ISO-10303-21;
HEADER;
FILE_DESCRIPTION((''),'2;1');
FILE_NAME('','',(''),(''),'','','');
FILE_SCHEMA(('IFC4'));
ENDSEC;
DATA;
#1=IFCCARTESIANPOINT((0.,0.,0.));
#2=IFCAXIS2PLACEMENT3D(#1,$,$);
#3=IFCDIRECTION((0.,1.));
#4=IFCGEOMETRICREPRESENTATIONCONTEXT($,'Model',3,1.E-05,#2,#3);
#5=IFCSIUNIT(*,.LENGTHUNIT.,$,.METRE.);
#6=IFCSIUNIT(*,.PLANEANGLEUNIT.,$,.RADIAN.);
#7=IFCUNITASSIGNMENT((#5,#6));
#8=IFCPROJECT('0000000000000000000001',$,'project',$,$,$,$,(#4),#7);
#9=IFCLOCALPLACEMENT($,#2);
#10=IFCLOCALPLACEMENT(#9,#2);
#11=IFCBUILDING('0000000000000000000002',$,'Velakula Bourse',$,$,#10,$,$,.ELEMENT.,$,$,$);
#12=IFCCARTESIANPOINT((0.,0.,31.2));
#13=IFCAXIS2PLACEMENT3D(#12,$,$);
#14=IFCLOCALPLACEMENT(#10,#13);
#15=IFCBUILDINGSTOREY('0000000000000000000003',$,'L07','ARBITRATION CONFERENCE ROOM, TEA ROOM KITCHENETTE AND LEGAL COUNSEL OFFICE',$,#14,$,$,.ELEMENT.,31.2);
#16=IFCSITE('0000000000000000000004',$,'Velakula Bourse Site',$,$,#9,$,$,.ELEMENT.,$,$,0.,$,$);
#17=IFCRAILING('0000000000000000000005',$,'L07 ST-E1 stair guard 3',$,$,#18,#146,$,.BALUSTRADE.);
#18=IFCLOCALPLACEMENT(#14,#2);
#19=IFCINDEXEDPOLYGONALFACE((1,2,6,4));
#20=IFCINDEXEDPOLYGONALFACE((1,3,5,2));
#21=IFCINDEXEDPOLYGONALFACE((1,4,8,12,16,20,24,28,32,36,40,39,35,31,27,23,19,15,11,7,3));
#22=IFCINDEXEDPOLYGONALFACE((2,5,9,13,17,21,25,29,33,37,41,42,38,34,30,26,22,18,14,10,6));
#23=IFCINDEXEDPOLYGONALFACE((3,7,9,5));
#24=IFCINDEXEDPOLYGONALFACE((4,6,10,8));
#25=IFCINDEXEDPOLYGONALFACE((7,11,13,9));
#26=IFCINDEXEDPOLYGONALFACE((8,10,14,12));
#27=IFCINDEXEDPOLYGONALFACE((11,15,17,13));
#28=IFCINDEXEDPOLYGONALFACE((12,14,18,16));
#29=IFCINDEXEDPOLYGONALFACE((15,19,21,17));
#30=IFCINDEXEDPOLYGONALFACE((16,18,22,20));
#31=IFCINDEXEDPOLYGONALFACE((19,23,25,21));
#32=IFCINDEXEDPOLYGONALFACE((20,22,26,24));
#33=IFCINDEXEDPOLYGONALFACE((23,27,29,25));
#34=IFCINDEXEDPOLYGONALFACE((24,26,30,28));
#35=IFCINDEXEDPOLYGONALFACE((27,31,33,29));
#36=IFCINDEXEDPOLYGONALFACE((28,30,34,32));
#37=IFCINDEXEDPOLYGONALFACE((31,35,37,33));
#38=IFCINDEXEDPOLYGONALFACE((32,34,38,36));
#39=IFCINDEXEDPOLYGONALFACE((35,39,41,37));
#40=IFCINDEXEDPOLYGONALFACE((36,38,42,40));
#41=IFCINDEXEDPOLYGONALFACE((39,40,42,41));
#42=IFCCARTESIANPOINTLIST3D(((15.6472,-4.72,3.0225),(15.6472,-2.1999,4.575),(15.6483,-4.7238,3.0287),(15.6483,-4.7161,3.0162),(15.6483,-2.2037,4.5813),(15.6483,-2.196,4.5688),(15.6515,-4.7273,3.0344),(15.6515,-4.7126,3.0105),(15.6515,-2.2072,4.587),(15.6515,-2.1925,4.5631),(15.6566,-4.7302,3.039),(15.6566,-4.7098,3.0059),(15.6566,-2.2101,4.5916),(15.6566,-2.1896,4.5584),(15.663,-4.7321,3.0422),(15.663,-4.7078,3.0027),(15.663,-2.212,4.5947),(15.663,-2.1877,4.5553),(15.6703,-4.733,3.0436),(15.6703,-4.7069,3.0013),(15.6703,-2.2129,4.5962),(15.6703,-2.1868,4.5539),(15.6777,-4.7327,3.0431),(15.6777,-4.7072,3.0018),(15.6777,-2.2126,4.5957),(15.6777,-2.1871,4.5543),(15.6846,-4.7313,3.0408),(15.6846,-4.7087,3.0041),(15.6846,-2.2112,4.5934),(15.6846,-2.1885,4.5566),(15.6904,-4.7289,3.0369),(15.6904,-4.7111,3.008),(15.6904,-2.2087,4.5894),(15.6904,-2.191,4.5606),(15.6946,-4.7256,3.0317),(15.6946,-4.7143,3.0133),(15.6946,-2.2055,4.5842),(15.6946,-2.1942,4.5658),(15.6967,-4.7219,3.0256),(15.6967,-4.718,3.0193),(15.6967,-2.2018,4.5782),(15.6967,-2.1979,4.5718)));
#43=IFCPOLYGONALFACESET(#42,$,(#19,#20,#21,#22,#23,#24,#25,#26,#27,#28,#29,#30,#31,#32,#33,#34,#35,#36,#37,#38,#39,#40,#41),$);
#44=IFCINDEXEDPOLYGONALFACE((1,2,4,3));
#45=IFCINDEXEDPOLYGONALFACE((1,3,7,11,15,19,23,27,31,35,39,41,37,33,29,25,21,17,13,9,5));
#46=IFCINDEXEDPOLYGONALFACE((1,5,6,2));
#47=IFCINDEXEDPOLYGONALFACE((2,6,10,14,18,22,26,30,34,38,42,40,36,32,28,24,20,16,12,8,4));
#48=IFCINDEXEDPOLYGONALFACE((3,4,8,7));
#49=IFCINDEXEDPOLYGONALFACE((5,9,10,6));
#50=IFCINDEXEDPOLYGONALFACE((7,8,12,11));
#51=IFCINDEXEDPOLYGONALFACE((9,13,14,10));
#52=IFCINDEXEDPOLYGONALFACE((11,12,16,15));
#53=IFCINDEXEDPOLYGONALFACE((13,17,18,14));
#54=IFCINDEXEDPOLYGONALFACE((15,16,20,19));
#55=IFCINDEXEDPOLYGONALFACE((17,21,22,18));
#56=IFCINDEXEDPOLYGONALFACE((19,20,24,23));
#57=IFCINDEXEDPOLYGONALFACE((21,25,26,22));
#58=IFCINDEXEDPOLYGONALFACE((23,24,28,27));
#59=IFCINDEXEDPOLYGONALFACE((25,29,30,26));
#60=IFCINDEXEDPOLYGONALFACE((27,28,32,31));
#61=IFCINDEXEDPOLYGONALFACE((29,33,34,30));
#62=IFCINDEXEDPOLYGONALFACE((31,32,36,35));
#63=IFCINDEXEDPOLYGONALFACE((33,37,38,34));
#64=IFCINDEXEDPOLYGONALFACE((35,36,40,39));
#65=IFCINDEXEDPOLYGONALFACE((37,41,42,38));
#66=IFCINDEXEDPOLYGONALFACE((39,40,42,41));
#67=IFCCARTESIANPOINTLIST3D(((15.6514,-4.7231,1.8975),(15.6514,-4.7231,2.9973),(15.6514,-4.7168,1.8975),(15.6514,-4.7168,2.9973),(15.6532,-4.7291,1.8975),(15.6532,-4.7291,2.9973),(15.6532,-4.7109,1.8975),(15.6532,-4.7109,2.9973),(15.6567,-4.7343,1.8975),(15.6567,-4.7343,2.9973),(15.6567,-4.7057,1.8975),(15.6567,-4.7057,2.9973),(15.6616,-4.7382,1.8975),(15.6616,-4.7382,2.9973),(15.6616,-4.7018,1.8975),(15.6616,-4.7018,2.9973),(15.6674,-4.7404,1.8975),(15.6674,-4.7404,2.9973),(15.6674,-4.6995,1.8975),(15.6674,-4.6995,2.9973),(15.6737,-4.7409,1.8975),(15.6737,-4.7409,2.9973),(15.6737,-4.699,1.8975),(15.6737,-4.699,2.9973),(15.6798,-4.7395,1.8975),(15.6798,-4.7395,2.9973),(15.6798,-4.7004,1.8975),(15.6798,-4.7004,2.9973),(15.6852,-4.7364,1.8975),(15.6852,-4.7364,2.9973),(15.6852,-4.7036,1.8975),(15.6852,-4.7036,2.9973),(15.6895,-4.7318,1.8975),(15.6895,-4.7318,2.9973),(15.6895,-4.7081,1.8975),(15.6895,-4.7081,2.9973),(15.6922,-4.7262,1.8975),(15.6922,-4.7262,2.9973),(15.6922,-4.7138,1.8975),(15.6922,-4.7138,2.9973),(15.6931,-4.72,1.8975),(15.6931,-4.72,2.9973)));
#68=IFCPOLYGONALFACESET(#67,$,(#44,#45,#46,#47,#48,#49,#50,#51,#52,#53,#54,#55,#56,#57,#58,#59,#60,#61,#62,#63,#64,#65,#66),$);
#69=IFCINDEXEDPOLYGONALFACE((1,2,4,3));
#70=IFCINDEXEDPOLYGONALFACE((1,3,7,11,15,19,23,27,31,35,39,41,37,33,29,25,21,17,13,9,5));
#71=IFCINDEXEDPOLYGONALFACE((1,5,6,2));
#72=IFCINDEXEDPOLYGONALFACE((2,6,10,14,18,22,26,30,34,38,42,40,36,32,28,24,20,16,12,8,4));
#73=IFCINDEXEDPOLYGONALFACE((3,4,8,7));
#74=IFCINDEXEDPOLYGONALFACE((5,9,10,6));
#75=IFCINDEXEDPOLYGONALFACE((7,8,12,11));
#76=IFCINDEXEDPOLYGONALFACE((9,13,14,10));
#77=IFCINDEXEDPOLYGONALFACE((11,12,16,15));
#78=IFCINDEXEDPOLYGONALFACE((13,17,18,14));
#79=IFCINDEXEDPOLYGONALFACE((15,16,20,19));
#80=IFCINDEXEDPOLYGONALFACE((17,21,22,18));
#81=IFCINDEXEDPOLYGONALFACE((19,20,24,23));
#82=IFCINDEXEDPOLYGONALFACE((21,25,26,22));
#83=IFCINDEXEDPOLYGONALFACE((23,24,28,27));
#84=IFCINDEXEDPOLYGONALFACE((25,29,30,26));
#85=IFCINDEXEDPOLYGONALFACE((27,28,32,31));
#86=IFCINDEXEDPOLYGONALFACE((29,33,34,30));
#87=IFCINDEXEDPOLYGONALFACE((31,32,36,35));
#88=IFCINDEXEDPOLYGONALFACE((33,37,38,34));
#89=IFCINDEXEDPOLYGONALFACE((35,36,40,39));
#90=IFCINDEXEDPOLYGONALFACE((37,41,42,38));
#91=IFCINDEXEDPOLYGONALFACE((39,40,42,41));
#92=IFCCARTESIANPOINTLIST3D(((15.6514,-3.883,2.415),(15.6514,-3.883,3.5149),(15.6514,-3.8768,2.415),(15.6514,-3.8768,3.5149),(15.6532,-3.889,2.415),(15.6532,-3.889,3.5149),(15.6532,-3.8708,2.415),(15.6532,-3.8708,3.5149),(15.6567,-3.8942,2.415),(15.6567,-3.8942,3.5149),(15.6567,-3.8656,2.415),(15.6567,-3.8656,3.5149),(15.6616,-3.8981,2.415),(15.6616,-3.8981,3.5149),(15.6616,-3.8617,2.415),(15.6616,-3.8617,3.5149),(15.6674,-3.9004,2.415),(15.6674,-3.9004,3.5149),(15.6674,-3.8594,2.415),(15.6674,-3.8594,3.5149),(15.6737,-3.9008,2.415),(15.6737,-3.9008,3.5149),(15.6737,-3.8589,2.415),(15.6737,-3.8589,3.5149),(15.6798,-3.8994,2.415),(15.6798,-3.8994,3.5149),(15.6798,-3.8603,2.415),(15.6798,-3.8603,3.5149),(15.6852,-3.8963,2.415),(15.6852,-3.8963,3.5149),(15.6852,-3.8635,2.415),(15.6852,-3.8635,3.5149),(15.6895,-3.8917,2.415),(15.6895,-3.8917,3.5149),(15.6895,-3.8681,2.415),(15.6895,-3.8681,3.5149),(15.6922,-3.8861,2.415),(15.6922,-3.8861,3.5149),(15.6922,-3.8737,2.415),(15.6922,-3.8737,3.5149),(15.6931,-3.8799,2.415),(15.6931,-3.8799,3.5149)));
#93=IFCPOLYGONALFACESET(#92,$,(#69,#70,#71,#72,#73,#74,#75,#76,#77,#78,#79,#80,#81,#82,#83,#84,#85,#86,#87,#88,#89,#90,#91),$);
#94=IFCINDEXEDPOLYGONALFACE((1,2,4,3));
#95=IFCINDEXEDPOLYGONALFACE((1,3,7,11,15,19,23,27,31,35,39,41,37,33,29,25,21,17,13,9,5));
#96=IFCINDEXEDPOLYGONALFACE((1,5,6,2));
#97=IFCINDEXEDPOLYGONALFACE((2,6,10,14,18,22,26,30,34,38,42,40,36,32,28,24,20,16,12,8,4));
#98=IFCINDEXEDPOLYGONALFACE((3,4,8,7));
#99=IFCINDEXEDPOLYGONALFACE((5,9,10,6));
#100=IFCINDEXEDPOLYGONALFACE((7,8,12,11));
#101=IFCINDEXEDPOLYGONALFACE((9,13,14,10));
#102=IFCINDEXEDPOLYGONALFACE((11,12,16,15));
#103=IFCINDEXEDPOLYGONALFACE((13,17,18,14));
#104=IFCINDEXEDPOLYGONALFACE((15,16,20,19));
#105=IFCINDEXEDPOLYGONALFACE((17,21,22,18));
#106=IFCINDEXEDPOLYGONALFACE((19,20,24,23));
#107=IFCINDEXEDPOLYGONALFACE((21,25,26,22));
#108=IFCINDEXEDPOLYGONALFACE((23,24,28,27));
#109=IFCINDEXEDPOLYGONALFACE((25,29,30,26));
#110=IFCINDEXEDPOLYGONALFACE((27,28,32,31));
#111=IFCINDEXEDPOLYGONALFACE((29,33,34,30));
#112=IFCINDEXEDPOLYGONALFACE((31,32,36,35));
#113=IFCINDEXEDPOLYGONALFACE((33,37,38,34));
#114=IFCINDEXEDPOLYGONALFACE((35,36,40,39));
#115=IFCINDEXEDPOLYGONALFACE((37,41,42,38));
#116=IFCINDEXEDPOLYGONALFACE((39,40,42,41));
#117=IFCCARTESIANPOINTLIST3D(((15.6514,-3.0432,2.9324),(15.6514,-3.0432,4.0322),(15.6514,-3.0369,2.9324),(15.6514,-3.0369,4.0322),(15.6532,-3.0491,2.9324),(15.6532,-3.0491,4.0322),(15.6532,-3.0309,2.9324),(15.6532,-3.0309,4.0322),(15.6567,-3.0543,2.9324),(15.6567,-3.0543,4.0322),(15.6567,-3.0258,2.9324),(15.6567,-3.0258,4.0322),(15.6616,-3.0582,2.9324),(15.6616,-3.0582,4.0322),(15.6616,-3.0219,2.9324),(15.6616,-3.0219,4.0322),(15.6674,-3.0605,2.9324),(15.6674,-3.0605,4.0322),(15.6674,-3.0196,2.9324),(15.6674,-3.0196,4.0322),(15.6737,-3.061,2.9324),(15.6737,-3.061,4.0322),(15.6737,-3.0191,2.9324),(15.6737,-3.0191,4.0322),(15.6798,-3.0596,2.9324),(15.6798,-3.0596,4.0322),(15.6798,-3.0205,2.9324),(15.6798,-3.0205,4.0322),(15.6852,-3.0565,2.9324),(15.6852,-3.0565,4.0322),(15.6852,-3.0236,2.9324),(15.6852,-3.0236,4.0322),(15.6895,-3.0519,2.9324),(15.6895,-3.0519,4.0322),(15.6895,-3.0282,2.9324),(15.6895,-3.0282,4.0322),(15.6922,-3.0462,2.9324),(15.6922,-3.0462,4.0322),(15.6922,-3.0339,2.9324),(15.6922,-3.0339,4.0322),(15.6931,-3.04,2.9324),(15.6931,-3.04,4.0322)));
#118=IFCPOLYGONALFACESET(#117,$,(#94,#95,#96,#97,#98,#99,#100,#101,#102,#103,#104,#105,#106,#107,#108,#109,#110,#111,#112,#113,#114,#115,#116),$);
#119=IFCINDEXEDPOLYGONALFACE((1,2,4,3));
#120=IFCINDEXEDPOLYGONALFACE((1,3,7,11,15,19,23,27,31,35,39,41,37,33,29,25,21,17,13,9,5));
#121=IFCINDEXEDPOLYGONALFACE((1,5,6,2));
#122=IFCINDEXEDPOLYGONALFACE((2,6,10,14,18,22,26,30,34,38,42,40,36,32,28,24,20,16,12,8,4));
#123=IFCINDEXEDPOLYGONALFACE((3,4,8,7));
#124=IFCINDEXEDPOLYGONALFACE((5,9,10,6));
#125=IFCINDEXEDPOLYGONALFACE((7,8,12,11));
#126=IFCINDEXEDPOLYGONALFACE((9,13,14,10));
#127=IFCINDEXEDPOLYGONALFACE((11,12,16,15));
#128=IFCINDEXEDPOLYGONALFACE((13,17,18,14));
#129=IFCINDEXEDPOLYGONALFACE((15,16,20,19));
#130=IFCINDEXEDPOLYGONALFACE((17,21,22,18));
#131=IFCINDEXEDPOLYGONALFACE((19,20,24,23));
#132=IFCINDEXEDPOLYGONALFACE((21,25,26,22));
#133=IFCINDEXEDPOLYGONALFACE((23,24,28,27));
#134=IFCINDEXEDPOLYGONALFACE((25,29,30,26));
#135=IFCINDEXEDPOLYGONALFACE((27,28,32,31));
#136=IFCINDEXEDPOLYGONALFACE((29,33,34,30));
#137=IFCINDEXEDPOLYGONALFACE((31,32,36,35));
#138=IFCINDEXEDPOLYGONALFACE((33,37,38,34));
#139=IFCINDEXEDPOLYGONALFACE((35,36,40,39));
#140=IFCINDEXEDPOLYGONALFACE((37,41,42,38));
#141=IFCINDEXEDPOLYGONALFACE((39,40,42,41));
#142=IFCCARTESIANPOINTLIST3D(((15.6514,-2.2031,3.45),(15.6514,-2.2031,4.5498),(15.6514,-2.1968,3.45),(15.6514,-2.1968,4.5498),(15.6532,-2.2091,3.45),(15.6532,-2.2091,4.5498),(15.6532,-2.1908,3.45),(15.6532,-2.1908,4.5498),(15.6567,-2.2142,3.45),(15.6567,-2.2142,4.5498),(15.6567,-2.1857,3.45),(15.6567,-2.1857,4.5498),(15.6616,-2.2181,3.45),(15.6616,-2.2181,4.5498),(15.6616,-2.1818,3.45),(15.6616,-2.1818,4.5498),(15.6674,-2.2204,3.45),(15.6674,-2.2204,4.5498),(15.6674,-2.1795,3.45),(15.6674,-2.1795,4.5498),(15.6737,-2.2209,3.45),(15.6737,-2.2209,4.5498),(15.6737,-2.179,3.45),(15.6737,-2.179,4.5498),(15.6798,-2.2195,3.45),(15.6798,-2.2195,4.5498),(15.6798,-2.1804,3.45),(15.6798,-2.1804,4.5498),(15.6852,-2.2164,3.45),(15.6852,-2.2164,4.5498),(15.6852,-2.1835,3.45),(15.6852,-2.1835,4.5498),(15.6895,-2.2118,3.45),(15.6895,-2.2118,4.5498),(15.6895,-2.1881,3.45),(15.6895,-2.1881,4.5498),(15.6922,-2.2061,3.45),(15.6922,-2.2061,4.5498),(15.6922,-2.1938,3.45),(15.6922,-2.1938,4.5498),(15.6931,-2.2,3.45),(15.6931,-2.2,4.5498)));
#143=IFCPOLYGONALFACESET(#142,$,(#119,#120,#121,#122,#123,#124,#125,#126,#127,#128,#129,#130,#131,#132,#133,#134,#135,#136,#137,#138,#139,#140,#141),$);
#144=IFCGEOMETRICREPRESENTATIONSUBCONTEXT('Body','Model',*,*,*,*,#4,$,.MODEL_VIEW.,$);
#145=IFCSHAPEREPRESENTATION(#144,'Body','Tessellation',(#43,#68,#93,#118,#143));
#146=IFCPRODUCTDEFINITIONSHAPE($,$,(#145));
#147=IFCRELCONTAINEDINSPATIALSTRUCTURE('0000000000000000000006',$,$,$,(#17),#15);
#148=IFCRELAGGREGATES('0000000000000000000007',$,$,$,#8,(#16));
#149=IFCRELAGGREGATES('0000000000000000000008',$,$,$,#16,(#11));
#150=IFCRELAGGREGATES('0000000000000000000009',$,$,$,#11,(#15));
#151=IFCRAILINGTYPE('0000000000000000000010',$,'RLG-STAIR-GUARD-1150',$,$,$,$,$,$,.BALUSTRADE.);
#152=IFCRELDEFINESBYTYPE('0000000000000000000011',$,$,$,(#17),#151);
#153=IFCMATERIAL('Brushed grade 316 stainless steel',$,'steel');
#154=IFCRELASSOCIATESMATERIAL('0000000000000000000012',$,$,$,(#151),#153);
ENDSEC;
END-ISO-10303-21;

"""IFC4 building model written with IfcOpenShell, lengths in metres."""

from ifc_helpers import new_model, si_unit, direction, frame, origin, origin_2d, place, context, subcontext, project, spatial, circle, extrude, material, type_object, element, save


model = new_model("IFC4")

# Units and contexts
model_context = context("Model", 3, precision=1e-05, world=origin(), true_north=direction((0.0, 1.0)))
body_context = subcontext(model_context, "Body", "Model", "MODEL_VIEW")
ifc_project = project(units=[si_unit("LENGTHUNIT", "METRE"), si_unit("PLANEANGLEUNIT", "RADIAN")], contexts=[model_context])

# Site, building, storey
site_placement = place(None, origin())
site = spatial("IfcSite", under=ifc_project, at=site_placement, Name="Velakula Bourse Site", CompositionType="ELEMENT", RefElevation=0.0)
building_placement = place(site_placement, origin())
building = spatial("IfcBuilding", under=site, at=building_placement, Name="Velakula Bourse", CompositionType="ELEMENT")
storey_placement = place(building_placement, frame((0.0, 0.0, 31.2)))
storey = spatial("IfcBuildingStorey", under=building, at=storey_placement, Name="L07", Description="ARBITRATION CONFERENCE ROOM, TEA ROOM KITCHENETTE AND LEGAL COUNSEL OFFICE", CompositionType="ELEMENT", Elevation=31.2)

# Shared definitions
ifc_material_1 = material(Name="Brushed grade 316 stainless steel", Category="steel")

# Railing
railing_type_1 = type_object("IfcRailingType", Name="RLG-STAIR-GUARD-1150", PredefinedType="BALUSTRADE", material=ifc_material_1)
railing_1_placement = place(storey_placement, frame((15.6721, -4.72, 1.8975)))
element("IfcRailing", 1, at=railing_1_placement, inside=storey, type_object=railing_type_1, Name="L07 ST-E1 stair guard 3", PredefinedType="BALUSTRADE", context=body_context, shape_type="SweptSolid", body=[
    extrude(circle(Radius=0.0249, at=origin_2d()), frame((0.0, 0.0, 1.125), z_axis=(0.0, 0.8514, 0.524516), x_axis=(-1.0, 0.0, 0.0)), (0.0, 0.0, 1.0), 2.96),
    extrude(circle(Radius=0.021, at=origin_2d()), origin(), (0.0, 0.0, 1.0), 1.0999),
    extrude(circle(Radius=0.021, at=origin_2d()), frame((0.0, 0.8401, 0.5176)), (0.0, 0.0, 1.0), 1.0999),
    extrude(circle(Radius=0.021, at=origin_2d()), frame((0.0, 1.6799, 1.0349)), (0.0, 0.0, 1.0), 1.0999),
    extrude(circle(Radius=0.021, at=origin_2d()), frame((0.0, 2.52, 1.5525)), (0.0, 0.0, 1.0), 1.0999),
])

save(model, "model.ifc")
